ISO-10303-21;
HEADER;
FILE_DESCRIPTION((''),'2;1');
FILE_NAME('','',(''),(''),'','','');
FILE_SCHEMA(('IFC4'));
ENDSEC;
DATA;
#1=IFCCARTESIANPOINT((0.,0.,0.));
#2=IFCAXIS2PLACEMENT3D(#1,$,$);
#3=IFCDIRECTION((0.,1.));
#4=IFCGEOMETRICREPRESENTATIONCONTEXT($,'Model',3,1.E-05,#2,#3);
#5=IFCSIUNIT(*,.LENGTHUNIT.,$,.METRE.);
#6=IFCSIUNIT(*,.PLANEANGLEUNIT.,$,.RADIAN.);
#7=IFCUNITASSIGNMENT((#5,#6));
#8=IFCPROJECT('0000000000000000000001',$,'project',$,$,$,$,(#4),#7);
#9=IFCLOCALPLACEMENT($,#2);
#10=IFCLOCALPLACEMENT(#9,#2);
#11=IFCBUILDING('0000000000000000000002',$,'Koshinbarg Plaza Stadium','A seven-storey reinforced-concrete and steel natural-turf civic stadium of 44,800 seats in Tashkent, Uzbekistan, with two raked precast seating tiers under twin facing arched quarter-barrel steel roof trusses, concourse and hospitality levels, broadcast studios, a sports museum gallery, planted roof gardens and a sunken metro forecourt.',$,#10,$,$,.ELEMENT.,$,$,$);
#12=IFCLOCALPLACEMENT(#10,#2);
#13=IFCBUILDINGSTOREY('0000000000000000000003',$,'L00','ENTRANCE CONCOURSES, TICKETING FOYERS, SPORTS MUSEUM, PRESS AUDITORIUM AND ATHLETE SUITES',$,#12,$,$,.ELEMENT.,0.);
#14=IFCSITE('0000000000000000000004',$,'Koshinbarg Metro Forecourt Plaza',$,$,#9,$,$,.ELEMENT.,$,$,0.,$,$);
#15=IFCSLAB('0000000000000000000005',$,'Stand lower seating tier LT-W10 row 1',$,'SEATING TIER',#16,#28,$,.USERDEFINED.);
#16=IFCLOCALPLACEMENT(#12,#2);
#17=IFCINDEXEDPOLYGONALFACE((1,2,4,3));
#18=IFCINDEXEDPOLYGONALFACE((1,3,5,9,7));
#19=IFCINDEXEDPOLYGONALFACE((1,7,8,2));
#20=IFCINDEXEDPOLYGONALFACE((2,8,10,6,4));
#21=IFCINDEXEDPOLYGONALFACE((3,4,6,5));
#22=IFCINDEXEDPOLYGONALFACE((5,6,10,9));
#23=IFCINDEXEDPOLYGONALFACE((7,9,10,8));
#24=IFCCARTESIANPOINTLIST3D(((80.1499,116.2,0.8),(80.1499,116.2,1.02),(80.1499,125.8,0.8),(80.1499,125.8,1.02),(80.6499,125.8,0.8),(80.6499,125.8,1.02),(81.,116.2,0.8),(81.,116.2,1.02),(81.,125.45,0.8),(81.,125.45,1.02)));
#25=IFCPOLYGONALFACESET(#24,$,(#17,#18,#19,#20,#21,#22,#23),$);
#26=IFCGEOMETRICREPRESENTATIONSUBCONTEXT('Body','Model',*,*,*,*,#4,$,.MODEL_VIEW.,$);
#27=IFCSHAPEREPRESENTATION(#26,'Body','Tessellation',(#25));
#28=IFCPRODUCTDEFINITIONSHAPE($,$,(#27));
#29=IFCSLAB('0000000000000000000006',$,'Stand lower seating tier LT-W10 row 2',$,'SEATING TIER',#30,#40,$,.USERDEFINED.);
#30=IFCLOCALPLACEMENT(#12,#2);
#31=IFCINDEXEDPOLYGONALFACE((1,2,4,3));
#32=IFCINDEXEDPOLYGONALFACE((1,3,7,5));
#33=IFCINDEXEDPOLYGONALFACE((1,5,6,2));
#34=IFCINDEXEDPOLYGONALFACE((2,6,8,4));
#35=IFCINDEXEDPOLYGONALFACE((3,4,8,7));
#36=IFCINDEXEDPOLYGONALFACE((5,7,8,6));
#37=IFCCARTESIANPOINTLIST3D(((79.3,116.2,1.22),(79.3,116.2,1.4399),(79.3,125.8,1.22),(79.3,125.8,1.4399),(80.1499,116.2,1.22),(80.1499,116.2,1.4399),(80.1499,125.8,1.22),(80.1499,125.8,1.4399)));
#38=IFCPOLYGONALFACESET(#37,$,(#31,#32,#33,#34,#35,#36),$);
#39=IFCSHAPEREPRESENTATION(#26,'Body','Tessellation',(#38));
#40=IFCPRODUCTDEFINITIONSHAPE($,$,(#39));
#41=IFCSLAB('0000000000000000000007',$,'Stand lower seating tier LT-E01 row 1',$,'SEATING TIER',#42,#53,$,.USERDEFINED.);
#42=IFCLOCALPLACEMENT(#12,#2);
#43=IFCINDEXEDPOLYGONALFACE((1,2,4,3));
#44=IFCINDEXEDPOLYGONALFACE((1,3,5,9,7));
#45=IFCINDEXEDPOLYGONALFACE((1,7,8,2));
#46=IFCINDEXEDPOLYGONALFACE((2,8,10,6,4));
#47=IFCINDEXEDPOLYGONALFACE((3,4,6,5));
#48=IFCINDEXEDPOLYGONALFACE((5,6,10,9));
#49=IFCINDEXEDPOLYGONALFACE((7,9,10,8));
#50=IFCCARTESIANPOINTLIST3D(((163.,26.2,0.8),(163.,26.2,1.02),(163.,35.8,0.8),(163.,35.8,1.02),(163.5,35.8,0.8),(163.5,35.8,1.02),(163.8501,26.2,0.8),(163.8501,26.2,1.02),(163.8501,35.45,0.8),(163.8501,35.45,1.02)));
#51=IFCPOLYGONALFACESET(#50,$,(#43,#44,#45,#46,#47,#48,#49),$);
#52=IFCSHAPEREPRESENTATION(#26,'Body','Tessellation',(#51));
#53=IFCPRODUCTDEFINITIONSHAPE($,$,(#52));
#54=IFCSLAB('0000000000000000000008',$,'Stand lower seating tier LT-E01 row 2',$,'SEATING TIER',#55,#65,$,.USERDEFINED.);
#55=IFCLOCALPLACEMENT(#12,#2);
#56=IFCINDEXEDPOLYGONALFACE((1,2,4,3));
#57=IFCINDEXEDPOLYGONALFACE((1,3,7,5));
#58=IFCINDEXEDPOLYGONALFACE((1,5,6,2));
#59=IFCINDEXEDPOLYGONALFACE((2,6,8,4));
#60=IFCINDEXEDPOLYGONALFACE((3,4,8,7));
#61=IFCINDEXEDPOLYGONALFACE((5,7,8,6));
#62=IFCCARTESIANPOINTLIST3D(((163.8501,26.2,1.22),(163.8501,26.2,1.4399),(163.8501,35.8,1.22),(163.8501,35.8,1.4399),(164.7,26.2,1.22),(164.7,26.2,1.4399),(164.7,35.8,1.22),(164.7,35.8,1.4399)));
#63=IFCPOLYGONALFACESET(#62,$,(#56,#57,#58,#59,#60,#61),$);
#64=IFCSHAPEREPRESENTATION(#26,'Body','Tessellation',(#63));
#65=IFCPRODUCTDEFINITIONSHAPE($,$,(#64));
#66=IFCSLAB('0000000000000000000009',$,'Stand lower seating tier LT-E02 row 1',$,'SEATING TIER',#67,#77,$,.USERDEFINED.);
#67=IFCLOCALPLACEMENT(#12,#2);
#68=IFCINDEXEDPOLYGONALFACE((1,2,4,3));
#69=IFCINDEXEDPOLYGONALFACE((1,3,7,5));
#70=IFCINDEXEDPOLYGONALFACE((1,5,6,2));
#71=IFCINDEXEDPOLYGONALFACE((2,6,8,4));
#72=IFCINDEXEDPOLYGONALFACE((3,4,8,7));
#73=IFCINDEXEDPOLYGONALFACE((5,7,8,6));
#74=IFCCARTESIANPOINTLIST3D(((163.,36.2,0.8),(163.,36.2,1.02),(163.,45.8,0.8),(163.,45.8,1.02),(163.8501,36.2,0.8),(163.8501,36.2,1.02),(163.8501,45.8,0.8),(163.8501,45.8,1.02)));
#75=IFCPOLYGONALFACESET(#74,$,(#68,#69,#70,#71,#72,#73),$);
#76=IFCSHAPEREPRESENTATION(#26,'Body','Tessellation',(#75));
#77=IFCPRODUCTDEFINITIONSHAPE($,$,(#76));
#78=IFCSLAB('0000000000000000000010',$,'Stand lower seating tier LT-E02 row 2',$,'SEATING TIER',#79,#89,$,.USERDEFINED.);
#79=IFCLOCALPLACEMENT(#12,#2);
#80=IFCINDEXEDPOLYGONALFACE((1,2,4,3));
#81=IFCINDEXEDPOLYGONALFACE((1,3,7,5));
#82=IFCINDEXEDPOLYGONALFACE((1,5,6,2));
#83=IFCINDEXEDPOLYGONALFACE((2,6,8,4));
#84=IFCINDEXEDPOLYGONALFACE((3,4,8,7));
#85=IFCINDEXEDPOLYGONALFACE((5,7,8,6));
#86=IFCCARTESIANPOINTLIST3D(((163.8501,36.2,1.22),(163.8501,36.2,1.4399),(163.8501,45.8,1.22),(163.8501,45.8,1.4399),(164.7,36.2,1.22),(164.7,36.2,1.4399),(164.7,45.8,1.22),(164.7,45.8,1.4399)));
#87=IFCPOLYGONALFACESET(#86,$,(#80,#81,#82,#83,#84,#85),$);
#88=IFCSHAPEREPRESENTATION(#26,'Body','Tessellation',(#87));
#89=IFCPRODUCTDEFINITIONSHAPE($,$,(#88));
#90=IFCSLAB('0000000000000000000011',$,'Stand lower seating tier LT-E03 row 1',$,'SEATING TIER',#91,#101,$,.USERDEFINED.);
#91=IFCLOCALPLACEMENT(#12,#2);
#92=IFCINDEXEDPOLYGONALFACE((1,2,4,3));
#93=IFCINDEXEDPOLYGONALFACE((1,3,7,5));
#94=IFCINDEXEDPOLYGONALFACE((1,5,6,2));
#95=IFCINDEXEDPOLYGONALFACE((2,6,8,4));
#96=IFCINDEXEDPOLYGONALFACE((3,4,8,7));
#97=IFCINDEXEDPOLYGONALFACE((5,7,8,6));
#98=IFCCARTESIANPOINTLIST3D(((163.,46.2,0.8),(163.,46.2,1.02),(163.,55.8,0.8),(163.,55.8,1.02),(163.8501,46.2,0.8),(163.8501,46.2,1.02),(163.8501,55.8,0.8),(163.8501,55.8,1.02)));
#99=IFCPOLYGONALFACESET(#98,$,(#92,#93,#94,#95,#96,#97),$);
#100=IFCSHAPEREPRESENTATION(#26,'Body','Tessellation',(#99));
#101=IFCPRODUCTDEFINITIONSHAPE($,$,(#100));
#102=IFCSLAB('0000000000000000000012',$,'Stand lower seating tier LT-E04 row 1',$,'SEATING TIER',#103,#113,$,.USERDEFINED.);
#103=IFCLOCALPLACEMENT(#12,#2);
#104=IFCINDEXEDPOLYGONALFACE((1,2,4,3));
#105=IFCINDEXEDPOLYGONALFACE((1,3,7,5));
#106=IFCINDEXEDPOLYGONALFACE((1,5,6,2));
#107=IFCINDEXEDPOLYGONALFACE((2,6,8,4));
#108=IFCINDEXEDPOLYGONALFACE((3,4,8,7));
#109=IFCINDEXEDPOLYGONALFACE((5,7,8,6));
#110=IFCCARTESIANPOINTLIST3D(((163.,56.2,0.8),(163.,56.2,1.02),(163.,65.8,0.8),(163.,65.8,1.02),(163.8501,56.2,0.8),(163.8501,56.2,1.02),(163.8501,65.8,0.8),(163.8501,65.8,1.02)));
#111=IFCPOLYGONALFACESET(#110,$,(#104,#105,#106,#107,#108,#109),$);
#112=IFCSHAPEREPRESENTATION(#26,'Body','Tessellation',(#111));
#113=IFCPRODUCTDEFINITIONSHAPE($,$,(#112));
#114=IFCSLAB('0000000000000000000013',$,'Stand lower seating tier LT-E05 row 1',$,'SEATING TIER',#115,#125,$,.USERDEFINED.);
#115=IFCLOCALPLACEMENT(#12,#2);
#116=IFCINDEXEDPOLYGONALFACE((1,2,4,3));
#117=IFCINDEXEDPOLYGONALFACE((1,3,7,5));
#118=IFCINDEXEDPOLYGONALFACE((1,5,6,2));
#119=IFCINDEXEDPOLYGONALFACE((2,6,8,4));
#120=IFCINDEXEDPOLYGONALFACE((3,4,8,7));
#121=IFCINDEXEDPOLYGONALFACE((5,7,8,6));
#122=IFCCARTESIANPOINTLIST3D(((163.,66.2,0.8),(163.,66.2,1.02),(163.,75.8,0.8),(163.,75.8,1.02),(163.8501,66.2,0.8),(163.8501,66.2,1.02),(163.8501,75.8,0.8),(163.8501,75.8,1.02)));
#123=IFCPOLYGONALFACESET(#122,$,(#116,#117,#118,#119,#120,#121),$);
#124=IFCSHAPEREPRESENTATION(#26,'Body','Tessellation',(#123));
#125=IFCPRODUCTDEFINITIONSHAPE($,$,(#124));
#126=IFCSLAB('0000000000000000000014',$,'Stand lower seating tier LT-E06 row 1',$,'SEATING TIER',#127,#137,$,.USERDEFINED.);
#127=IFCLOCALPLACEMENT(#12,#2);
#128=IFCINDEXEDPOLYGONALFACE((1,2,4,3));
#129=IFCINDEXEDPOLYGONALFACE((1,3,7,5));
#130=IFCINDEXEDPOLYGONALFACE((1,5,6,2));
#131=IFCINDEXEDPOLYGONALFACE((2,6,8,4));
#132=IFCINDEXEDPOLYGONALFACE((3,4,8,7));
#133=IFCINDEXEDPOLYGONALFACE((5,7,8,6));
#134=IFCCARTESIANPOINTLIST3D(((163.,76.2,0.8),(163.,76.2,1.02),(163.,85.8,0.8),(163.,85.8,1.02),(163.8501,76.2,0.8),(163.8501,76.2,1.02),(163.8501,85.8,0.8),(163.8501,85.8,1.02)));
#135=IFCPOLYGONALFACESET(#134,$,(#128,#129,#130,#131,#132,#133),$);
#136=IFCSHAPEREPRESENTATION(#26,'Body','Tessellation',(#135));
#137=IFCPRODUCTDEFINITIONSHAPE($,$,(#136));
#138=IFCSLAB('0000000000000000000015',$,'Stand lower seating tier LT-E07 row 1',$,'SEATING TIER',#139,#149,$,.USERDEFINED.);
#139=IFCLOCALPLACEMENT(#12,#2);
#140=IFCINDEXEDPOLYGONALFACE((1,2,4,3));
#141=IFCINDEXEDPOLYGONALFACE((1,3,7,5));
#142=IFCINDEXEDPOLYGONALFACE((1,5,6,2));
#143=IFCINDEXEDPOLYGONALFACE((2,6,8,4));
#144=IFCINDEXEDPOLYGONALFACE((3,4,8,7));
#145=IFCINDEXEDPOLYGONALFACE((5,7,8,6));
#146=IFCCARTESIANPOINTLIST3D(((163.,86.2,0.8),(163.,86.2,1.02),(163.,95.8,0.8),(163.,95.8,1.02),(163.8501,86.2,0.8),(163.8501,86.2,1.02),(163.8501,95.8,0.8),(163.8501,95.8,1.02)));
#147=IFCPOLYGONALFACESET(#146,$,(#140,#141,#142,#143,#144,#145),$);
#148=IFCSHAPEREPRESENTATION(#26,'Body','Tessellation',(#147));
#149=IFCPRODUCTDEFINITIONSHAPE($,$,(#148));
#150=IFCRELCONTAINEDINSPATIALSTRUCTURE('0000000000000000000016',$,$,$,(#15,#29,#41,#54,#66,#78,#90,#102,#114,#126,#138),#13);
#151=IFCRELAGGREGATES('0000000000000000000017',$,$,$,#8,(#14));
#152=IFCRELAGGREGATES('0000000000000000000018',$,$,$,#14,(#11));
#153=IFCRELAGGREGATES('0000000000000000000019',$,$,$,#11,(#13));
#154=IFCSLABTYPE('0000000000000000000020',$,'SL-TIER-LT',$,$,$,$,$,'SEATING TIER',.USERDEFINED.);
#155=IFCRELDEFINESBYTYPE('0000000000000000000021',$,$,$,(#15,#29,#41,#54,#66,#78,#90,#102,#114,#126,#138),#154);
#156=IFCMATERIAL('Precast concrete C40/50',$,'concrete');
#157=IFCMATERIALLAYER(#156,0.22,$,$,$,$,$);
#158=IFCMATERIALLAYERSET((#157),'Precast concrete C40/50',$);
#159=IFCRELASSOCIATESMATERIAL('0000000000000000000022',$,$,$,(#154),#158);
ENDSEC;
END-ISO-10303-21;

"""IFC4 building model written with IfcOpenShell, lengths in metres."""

from ifc_helpers import new_model, si_unit, direction, frame, origin, place, context, subcontext, project, spatial, polyline, outline, extrude, material, layer, layer_set, type_object, element, save


model = new_model("IFC4")

# Units and contexts
model_context = context("Model", 3, precision=1e-05, world=origin(), true_north=direction((0.0, 1.0)))
body_context = subcontext(model_context, "Body", "Model", "MODEL_VIEW")
ifc_project = project(units=[si_unit("LENGTHUNIT", "METRE"), si_unit("PLANEANGLEUNIT", "RADIAN")], contexts=[model_context])

# Site, building, storey
site_placement = place(None, origin())
site = spatial("IfcSite", under=ifc_project, at=site_placement, Name="Koshinbarg Metro Forecourt Plaza", CompositionType="ELEMENT", RefElevation=0.0)
building_placement = place(site_placement, origin())
building = spatial("IfcBuilding", under=site, at=building_placement, Name="Koshinbarg Plaza Stadium", Description="A seven-storey reinforced-concrete and steel natural-turf civic stadium of 44,800 seats in Tashkent, Uzbekistan, with two raked precast seating tiers under twin facing arched quarter-barrel steel roof trusses, concourse and hospitality levels, broadcast studios, a sports museum gallery, planted roof gardens and a sunken metro forecourt.", CompositionType="ELEMENT")
storey_placement = place(building_placement, origin())
storey = spatial("IfcBuildingStorey", under=building, at=storey_placement, Name="L00", Description="ENTRANCE CONCOURSES, TICKETING FOYERS, SPORTS MUSEUM, PRESS AUDITORIUM AND ATHLETE SUITES", CompositionType="ELEMENT", Elevation=0.0)

# Slabs
ifc_material = material(Name="Precast concrete C40/50", Category="concrete")
ifc_layer = layer(ifc_material, 0.22)
ifc_layer_set = layer_set([ifc_layer], Name="Precast concrete C40/50")
slab_type = type_object("IfcSlabType", Name="SL-TIER-LT", ElementType="SEATING TIER", PredefinedType="USERDEFINED", material=ifc_layer_set)
slab_1_placement = place(storey_placement, frame((0.0, 0.0, 0.8)))
element("IfcSlab", 1, at=slab_1_placement, inside=storey, type_object=slab_type, Name="Stand lower seating tier LT-W10 row 1", ObjectType="SEATING TIER", PredefinedType="USERDEFINED", context=body_context, shape_type="SweptSolid", body=[
    extrude(outline(polyline([(80.1499, 116.2), (81.0, 116.2), (81.0, 125.45), (80.6499, 125.8), (80.1499, 125.8), (80.1499, 116.2)])), origin(), (0.0, 0.0, 1.0), 0.22),
])
slab_2_placement = place(storey_placement, frame((0.0, 0.0, 1.22)))
element("IfcSlab", 2, at=slab_2_placement, inside=storey, type_object=slab_type, Name="Stand lower seating tier LT-W10 row 2", ObjectType="SEATING TIER", PredefinedType="USERDEFINED", context=body_context, shape_type="SweptSolid", body=[
    extrude(outline(polyline([(79.3, 116.2), (80.1499, 116.2), (80.1499, 125.8), (79.3, 125.8), (79.3, 116.2)])), origin(), (0.0, 0.0, 1.0), 0.22),
])
slab_3_placement = place(storey_placement, frame((0.0, 0.0, 0.8)))
element("IfcSlab", 3, at=slab_3_placement, inside=storey, type_object=slab_type, Name="Stand lower seating tier LT-E01 row 1", ObjectType="SEATING TIER", PredefinedType="USERDEFINED", context=body_context, shape_type="SweptSolid", body=[
    extrude(outline(polyline([(163.0, 26.2), (163.8501, 26.2), (163.8501, 35.45), (163.5, 35.8), (163.0, 35.8), (163.0, 26.2)])), origin(), (0.0, 0.0, 1.0), 0.22),
])
slab_4_placement = place(storey_placement, frame((0.0, 0.0, 1.22)))
element("IfcSlab", 4, at=slab_4_placement, inside=storey, type_object=slab_type, Name="Stand lower seating tier LT-E01 row 2", ObjectType="SEATING TIER", PredefinedType="USERDEFINED", context=body_context, shape_type="SweptSolid", body=[
    extrude(outline(polyline([(163.8501, 26.2), (164.7, 26.2), (164.7, 35.8), (163.8501, 35.8), (163.8501, 26.2)])), origin(), (0.0, 0.0, 1.0), 0.22),
])
slab_5_placement = place(storey_placement, frame((0.0, 0.0, 0.8)))
element("IfcSlab", 5, at=slab_5_placement, inside=storey, type_object=slab_type, Name="Stand lower seating tier LT-E02 row 1", ObjectType="SEATING TIER", PredefinedType="USERDEFINED", context=body_context, shape_type="SweptSolid", body=[
    extrude(outline(polyline([(163.0, 36.2), (163.8501, 36.2), (163.8501, 45.8), (163.0, 45.8), (163.0, 36.2)])), origin(), (0.0, 0.0, 1.0), 0.22),
])
slab_6_placement = place(storey_placement, frame((0.0, 0.0, 1.22)))
element("IfcSlab", 6, at=slab_6_placement, inside=storey, type_object=slab_type, Name="Stand lower seating tier LT-E02 row 2", ObjectType="SEATING TIER", PredefinedType="USERDEFINED", context=body_context, shape_type="SweptSolid", body=[
    extrude(outline(polyline([(163.8501, 36.2), (164.7, 36.2), (164.7, 45.8), (163.8501, 45.8), (163.8501, 36.2)])), origin(), (0.0, 0.0, 1.0), 0.22),
])
slab_7_placement = place(storey_placement, frame((0.0, 0.0, 0.8)))
element("IfcSlab", 7, at=slab_7_placement, inside=storey, type_object=slab_type, Name="Stand lower seating tier LT-E03 row 1", ObjectType="SEATING TIER", PredefinedType="USERDEFINED", context=body_context, shape_type="SweptSolid", body=[
    extrude(outline(polyline([(163.0, 46.2), (163.8501, 46.2), (163.8501, 55.8), (163.0, 55.8), (163.0, 46.2)])), origin(), (0.0, 0.0, 1.0), 0.22),
])
slab_8_placement = place(storey_placement, frame((0.0, 0.0, 0.8)))
element("IfcSlab", 8, at=slab_8_placement, inside=storey, type_object=slab_type, Name="Stand lower seating tier LT-E04 row 1", ObjectType="SEATING TIER", PredefinedType="USERDEFINED", context=body_context, shape_type="SweptSolid", body=[
    extrude(outline(polyline([(163.0, 56.2), (163.8501, 56.2), (163.8501, 65.8), (163.0, 65.8), (163.0, 56.2)])), origin(), (0.0, 0.0, 1.0), 0.22),
])
slab_9_placement = place(storey_placement, frame((0.0, 0.0, 0.8)))
element("IfcSlab", 9, at=slab_9_placement, inside=storey, type_object=slab_type, Name="Stand lower seating tier LT-E05 row 1", ObjectType="SEATING TIER", PredefinedType="USERDEFINED", context=body_context, shape_type="SweptSolid", body=[
    extrude(outline(polyline([(163.0, 66.2), (163.8501, 66.2), (163.8501, 75.8), (163.0, 75.8), (163.0, 66.2)])), origin(), (0.0, 0.0, 1.0), 0.22),
])
slab_10_placement = place(storey_placement, frame((0.0, 0.0, 0.8)))
element("IfcSlab", 10, at=slab_10_placement, inside=storey, type_object=slab_type, Name="Stand lower seating tier LT-E06 row 1", ObjectType="SEATING TIER", PredefinedType="USERDEFINED", context=body_context, shape_type="SweptSolid", body=[
    extrude(outline(polyline([(163.0, 76.2), (163.8501, 76.2), (163.8501, 85.8), (163.0, 85.8), (163.0, 76.2)])), origin(), (0.0, 0.0, 1.0), 0.22),
])
slab_11_placement = place(storey_placement, frame((0.0, 0.0, 0.8)))
element("IfcSlab", 11, at=slab_11_placement, inside=storey, type_object=slab_type, Name="Stand lower seating tier LT-E07 row 1", ObjectType="SEATING TIER", PredefinedType="USERDEFINED", context=body_context, shape_type="SweptSolid", body=[
    extrude(outline(polyline([(163.0, 86.2), (163.8501, 86.2), (163.8501, 95.8), (163.0, 95.8), (163.0, 86.2)])), origin(), (0.0, 0.0, 1.0), 0.22),
])

save(model, "model.ifc")
